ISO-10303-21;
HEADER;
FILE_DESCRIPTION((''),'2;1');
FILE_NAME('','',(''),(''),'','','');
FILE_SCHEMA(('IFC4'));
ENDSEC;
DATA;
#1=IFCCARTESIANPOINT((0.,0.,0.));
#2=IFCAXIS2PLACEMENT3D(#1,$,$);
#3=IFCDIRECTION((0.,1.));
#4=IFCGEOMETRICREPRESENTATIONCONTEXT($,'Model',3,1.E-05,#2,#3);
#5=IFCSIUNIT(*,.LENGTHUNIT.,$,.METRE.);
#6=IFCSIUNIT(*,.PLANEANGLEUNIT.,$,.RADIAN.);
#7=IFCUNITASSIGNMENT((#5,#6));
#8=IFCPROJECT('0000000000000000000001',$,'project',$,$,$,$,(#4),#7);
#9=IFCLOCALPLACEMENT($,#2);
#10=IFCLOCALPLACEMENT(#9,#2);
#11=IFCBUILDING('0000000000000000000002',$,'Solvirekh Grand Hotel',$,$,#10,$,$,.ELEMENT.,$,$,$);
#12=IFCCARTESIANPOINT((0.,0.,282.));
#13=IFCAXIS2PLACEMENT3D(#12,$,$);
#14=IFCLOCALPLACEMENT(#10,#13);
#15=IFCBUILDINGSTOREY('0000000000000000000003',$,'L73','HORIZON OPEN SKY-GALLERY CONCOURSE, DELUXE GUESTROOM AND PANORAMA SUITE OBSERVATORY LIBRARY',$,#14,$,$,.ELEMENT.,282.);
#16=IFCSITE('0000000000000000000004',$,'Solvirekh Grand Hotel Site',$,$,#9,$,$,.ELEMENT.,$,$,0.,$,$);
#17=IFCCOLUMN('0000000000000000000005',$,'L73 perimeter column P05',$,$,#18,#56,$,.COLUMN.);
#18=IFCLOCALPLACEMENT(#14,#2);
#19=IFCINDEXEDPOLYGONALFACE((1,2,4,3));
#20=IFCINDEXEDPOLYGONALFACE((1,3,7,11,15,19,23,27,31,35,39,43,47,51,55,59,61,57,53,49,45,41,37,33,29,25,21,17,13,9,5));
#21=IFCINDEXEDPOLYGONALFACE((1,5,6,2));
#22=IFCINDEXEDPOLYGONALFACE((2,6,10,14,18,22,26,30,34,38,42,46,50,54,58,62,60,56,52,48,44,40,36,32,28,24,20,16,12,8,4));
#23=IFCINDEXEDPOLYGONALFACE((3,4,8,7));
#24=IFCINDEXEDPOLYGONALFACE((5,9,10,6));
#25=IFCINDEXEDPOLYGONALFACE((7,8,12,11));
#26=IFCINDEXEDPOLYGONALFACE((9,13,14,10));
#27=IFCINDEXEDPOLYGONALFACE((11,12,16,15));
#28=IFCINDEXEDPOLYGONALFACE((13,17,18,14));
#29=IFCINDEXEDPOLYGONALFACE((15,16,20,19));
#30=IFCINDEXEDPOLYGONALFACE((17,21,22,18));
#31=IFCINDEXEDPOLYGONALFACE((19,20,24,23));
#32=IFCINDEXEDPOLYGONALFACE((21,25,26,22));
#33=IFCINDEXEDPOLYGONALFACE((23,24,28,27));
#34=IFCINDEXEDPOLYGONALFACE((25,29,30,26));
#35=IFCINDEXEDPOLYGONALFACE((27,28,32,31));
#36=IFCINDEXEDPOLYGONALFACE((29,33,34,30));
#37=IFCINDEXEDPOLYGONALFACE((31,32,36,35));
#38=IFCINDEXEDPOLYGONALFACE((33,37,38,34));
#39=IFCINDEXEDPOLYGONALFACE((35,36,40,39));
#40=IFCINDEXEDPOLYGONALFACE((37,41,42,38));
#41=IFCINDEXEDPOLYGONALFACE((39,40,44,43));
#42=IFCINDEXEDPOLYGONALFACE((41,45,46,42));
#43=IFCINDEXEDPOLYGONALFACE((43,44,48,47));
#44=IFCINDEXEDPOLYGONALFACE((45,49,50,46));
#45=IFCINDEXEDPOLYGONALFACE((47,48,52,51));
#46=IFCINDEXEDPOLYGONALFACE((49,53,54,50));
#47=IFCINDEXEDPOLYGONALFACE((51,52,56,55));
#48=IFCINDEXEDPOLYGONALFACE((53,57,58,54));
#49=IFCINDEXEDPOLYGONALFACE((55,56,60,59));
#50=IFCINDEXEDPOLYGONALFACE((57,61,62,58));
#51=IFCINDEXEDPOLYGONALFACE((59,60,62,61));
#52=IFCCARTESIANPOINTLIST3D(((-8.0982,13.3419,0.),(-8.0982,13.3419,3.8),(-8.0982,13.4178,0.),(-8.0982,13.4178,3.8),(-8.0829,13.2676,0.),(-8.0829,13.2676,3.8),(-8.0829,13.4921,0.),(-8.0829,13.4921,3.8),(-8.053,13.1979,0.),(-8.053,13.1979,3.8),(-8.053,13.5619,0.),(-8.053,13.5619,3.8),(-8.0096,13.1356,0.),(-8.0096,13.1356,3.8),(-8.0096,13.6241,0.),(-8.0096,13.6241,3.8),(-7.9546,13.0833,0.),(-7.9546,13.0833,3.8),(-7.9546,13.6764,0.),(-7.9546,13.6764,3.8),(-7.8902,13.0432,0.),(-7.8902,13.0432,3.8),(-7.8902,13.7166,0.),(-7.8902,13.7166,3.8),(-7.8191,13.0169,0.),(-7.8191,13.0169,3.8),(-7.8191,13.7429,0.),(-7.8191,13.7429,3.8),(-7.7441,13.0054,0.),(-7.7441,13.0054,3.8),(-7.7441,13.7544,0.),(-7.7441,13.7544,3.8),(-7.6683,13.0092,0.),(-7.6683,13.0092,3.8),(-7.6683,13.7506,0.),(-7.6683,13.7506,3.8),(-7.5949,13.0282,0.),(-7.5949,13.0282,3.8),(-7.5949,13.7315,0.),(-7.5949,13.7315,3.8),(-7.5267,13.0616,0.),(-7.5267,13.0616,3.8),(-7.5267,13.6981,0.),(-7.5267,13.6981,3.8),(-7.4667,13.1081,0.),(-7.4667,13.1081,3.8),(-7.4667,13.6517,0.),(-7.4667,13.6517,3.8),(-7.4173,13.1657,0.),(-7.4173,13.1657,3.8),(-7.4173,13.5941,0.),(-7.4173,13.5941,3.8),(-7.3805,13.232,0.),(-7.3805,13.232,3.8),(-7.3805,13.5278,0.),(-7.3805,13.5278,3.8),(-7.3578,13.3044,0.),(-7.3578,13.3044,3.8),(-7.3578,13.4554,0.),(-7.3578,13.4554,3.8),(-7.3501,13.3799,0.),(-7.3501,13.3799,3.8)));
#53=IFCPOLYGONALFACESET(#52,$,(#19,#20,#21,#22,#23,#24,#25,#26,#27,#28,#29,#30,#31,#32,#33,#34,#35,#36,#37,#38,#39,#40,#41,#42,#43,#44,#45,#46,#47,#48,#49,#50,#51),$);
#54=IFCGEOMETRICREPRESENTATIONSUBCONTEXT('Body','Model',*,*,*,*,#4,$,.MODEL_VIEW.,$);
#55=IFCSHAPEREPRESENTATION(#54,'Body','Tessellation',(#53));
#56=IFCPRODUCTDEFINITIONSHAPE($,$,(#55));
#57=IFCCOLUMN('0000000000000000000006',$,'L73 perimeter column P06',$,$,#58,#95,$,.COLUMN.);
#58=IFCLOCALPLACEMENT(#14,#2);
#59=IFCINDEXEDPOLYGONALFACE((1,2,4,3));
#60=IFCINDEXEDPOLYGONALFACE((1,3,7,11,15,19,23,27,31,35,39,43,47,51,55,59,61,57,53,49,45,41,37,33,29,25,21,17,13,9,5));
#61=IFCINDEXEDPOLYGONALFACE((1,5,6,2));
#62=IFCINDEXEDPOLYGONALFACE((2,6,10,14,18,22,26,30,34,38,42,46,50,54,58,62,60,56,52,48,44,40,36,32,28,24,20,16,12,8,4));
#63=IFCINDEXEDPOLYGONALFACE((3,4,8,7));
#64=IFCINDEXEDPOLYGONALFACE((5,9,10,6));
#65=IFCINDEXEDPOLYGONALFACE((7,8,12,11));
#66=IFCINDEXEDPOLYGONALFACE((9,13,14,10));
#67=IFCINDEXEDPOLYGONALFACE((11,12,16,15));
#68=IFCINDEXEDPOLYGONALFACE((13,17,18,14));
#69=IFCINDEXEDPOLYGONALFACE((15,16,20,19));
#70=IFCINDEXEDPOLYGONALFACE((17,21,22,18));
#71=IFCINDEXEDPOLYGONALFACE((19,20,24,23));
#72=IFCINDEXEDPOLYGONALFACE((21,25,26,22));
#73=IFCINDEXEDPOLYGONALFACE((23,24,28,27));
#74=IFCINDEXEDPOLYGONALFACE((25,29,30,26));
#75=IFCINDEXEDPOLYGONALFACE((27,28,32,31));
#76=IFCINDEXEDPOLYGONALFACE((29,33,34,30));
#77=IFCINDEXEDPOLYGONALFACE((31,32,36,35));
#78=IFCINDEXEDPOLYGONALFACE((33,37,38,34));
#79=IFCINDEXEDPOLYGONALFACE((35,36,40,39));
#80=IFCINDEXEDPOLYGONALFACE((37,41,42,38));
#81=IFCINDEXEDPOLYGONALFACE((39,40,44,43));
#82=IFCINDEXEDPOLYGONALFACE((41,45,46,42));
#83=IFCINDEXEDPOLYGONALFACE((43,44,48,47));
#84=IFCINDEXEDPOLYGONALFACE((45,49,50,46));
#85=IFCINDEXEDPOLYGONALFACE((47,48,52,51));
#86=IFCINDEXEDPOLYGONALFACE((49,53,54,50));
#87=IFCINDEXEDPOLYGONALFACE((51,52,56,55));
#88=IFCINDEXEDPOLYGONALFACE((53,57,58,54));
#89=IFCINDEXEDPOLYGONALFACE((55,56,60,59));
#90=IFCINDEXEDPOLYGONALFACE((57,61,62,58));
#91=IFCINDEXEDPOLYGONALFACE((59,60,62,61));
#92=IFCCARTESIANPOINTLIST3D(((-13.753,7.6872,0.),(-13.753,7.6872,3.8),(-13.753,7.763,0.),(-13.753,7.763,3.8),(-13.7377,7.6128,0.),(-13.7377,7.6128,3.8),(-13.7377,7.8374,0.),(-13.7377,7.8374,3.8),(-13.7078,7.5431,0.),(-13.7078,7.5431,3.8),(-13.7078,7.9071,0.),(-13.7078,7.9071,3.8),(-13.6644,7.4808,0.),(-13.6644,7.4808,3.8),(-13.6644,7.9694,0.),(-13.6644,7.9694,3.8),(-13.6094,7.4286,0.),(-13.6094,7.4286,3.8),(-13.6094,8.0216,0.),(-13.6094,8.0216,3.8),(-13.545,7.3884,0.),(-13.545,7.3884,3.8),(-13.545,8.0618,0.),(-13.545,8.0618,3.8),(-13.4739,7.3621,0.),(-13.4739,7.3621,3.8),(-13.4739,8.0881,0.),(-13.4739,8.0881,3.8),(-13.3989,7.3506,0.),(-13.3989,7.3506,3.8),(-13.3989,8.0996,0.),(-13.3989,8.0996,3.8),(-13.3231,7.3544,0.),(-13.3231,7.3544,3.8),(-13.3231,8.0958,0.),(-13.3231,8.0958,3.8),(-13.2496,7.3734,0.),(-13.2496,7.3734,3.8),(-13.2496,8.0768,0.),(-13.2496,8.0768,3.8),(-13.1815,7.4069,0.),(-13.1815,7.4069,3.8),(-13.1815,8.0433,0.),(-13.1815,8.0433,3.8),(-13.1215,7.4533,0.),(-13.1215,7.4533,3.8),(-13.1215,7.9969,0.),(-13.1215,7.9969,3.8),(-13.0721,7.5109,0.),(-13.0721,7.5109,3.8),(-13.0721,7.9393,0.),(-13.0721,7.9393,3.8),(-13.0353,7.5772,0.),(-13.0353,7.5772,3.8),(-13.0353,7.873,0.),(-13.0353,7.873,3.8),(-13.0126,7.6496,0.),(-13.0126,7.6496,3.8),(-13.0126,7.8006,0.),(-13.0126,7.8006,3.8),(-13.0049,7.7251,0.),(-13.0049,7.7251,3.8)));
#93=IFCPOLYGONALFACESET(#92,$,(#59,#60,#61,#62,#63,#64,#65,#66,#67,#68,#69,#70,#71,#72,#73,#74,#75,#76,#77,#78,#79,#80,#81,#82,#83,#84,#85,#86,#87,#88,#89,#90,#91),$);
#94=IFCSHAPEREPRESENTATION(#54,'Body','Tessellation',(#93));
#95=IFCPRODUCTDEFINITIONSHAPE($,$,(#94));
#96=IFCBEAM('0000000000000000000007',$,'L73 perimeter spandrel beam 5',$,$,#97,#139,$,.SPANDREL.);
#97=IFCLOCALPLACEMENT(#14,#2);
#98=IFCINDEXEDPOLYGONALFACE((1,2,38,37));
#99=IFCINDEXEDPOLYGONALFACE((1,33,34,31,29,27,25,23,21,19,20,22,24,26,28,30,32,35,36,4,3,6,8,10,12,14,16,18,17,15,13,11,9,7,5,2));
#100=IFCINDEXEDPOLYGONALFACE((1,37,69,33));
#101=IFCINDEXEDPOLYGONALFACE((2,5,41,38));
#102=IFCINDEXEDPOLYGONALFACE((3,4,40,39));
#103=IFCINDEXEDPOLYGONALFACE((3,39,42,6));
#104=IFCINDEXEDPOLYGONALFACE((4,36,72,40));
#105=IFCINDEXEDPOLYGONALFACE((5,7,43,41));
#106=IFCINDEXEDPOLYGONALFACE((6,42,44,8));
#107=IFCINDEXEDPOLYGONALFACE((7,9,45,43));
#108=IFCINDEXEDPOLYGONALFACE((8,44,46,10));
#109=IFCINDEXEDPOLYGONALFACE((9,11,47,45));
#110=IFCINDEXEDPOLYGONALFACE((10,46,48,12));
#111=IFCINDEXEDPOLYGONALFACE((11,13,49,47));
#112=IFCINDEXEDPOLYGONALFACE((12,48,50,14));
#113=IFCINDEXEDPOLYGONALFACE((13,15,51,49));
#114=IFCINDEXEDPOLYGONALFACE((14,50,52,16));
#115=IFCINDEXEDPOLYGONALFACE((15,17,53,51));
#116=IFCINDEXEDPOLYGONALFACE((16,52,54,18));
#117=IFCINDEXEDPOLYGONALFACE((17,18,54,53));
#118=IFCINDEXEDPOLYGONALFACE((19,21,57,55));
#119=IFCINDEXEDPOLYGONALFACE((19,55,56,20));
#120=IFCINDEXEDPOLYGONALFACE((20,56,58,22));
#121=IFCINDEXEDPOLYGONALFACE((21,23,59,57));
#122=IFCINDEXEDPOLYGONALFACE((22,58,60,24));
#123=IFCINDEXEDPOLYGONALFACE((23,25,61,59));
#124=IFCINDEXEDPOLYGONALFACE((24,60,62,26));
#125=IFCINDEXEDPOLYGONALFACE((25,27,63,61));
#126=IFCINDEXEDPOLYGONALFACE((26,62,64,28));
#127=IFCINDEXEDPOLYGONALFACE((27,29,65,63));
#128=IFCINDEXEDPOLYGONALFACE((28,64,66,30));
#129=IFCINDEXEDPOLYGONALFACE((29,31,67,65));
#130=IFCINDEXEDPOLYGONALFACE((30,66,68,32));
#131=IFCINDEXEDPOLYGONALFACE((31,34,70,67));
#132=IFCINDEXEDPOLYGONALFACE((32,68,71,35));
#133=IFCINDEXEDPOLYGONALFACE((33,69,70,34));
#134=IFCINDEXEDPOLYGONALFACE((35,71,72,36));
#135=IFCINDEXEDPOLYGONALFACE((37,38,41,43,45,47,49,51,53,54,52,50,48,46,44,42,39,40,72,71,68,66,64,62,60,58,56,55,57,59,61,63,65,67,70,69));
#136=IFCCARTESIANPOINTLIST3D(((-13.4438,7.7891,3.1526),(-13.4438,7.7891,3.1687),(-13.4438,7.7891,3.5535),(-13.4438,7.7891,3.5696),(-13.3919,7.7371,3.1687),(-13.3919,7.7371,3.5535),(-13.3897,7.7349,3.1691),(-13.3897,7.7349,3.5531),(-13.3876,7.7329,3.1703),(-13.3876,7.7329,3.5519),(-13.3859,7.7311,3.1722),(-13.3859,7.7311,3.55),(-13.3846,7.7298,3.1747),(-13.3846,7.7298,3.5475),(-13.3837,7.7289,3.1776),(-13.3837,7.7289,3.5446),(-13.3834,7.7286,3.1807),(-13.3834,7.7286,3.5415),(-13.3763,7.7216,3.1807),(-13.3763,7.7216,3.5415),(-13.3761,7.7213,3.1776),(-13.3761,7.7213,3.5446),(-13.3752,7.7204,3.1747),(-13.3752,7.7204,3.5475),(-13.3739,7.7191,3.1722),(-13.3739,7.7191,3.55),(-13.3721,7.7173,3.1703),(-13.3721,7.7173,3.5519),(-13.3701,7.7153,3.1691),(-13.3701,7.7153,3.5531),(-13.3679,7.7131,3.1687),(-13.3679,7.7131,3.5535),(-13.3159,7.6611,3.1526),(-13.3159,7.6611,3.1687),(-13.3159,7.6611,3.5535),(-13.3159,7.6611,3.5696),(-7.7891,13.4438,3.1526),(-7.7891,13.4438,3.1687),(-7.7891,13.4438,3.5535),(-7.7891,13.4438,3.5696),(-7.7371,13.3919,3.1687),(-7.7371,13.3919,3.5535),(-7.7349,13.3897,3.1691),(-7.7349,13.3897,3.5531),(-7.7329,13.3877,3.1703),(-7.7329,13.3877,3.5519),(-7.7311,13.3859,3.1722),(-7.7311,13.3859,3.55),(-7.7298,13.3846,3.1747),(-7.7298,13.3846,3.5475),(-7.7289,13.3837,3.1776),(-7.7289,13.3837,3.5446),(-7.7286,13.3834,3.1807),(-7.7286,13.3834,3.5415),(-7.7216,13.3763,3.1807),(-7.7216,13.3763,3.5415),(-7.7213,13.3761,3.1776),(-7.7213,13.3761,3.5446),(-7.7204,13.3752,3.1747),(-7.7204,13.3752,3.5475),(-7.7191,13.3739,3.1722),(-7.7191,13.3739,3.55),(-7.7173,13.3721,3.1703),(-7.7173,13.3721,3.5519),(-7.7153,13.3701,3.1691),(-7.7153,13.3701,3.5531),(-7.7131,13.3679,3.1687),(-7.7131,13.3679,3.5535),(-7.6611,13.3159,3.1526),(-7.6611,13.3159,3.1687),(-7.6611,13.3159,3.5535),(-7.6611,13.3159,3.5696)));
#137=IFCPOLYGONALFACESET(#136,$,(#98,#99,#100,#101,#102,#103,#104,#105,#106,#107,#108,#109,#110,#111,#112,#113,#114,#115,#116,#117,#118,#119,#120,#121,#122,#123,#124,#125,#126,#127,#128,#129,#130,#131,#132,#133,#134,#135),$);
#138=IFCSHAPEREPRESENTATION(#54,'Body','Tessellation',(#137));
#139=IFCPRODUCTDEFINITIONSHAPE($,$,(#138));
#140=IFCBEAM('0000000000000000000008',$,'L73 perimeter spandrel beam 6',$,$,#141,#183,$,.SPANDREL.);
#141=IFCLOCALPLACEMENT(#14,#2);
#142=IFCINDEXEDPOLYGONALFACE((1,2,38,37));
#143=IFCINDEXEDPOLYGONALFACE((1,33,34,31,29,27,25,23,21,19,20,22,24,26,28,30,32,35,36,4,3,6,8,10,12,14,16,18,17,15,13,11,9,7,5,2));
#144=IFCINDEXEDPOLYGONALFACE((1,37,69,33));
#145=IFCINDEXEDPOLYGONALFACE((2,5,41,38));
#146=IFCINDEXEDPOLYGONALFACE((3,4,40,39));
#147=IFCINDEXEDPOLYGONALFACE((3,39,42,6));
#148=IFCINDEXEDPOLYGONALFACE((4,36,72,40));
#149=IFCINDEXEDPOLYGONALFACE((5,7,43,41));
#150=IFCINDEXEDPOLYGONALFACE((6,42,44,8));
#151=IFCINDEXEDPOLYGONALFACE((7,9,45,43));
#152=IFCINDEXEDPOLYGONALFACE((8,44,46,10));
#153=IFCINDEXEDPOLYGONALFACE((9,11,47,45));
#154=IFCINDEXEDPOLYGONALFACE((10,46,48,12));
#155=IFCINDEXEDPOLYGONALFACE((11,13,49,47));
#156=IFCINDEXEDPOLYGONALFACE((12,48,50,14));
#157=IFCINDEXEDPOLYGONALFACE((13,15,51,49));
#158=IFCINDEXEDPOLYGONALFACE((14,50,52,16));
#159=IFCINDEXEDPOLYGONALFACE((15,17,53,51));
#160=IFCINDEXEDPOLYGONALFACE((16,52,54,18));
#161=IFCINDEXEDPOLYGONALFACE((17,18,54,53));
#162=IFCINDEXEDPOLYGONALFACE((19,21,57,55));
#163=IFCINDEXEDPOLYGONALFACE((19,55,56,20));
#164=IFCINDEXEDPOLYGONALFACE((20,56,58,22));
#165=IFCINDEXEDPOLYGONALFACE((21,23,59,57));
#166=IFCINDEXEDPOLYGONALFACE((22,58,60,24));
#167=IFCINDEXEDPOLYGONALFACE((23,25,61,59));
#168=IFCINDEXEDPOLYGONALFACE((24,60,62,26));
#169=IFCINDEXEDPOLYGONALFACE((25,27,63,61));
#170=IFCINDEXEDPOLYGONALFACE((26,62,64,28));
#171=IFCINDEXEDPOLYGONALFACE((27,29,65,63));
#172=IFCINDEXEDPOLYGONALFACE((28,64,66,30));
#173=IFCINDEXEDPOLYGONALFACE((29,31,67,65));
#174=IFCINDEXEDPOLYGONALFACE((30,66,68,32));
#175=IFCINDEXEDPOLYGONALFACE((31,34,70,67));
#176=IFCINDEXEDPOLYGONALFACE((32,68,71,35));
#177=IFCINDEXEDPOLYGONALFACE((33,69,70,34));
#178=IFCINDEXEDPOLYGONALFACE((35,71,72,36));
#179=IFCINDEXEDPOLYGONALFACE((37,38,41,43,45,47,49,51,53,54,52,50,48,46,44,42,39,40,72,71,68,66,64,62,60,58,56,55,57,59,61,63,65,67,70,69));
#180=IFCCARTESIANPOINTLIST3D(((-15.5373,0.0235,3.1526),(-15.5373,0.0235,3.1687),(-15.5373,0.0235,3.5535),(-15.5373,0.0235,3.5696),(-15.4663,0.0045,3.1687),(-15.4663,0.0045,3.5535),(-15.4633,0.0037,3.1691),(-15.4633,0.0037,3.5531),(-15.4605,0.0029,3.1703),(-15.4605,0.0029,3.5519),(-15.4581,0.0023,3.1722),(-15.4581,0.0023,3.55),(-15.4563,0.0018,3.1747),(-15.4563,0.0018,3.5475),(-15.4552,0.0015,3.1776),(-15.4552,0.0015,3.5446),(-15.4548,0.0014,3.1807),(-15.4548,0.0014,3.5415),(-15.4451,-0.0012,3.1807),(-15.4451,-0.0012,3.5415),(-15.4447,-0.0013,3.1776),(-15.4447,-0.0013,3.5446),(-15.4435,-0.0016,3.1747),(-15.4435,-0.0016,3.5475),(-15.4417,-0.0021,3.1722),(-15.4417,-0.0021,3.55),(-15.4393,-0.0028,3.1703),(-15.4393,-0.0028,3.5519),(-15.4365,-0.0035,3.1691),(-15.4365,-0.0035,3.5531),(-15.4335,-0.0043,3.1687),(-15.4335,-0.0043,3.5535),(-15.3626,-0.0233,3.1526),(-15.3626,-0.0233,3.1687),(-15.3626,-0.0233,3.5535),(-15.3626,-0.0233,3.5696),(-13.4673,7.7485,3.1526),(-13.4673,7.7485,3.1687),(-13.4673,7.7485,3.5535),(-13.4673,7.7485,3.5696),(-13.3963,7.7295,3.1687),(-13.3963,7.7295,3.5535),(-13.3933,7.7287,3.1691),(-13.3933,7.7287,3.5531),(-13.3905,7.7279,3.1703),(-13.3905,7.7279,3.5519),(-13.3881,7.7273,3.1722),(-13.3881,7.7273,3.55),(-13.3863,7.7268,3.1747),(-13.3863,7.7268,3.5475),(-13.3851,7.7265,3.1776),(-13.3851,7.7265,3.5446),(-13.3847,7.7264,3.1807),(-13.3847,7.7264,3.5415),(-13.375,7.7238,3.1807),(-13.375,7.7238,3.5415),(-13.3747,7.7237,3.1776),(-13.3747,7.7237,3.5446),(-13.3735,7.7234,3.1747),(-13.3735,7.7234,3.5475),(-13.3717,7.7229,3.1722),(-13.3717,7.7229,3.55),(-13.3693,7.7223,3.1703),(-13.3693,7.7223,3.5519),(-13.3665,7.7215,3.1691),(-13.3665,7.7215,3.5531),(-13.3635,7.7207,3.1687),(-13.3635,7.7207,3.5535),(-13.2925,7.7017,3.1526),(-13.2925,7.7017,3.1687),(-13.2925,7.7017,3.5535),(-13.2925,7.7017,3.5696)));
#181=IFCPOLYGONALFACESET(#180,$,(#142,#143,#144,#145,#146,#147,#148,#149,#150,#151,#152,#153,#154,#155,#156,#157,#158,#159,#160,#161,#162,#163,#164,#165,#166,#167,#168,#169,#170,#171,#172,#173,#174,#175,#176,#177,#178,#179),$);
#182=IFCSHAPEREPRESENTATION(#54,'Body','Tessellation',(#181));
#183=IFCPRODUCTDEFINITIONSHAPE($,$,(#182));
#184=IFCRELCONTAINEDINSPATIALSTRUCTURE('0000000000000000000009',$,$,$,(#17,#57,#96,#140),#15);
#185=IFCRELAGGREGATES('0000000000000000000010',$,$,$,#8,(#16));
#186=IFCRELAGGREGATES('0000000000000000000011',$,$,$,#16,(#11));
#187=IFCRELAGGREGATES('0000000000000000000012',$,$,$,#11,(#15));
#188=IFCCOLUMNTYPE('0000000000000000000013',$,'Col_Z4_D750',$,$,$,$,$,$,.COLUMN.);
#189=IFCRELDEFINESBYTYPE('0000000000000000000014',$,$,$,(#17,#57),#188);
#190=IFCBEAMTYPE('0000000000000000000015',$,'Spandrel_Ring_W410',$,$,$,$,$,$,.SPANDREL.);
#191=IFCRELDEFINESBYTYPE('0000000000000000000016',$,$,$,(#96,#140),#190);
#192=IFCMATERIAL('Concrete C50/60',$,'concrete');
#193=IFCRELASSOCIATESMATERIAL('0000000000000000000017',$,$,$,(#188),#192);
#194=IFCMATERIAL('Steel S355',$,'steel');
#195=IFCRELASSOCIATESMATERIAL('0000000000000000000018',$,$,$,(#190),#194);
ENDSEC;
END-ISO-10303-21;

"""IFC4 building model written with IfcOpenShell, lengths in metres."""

from ifc_helpers import new_model, si_unit, direction, frame, origin, origin_2d, place, context, subcontext, project, spatial, circle, i_section, extrude, material, material_profile, profile_set, type_object, element, save


model = new_model("IFC4")

# Units and contexts
model_context = context("Model", 3, precision=1e-05, world=origin(), true_north=direction((0.0, 1.0)))
body_context = subcontext(model_context, "Body", "Model", "MODEL_VIEW")
ifc_project = project(units=[si_unit("LENGTHUNIT", "METRE"), si_unit("PLANEANGLEUNIT", "RADIAN")], contexts=[model_context])

# Site, building, storey
site_placement = place(None, origin())
site = spatial("IfcSite", under=ifc_project, at=site_placement, Name="Solvirekh Grand Hotel Site", CompositionType="ELEMENT", RefElevation=0.0)
building_placement = place(site_placement, origin())
building = spatial("IfcBuilding", under=site, at=building_placement, Name="Solvirekh Grand Hotel", CompositionType="ELEMENT")
storey_placement = place(building_placement, frame((0.0, 0.0, 282.0)))
storey = spatial("IfcBuildingStorey", under=building, at=storey_placement, Name="L73", Description="HORIZON OPEN SKY-GALLERY CONCOURSE, DELUXE GUESTROOM AND PANORAMA SUITE OBSERVATORY LIBRARY", CompositionType="ELEMENT", Elevation=282.0)

# Columns
ifc_material_1 = material(Name="Concrete C50/60", Category="concrete")
ifc_material_profile_1 = material_profile(ifc_material_1, circle(Radius=0.375, at=origin_2d()), Name="RC CIRC D750")
ifc_profile_set_1 = profile_set([ifc_material_profile_1], Name="Concrete C50/60")
column_type = type_object("IfcColumnType", Name="Col_Z4_D750", PredefinedType="COLUMN", material=ifc_profile_set_1)
for number, where, z_axis, x_axis, name in (
    (1, (-7.7251, 13.3799, 0.0), (0.0, 0.0, 1.0), (1.0, 0.0, 0.0), "L73 perimeter column P05"),
    (2, (-13.3799, 7.7251, 0.0), (0.0, 0.0, 1.0), (1.0, 0.0, 0.0), "L73 perimeter column P06"),
):
    element("IfcColumn", number, at=place(storey_placement, frame(where, z_axis=z_axis, x_axis=x_axis)), inside=storey, type_object=column_type, Name=name, PredefinedType="COLUMN", context=body_context, shape_type="SweptSolid", body=[
        extrude(circle(Radius=0.375, at=origin_2d()), origin(), (0.0, 0.0, 1.0), 3.8),
    ])

# Beams
ifc_material_2 = material(Name="Steel S355", Category="steel")
ifc_material_profile_2 = material_profile(ifc_material_2, i_section(OverallWidth=0.1809, OverallDepth=0.417, WebThickness=0.01, FlangeThickness=0.0161, FilletRadius=0.012, at=origin_2d()), Name="W410X85")
ifc_profile_set_2 = profile_set([ifc_material_profile_2], Name="Steel S355")
beam_type = type_object("IfcBeamType", Name="Spandrel_Ring_W410", PredefinedType="SPANDREL", material=ifc_profile_set_2)
beam_1_placement = place(storey_placement, frame((-7.7251, 13.3799, 3.3611), z_axis=(-0.707107, -0.707107, 0.0), x_axis=(0.707107, -0.707107, 0.0)))
element("IfcBeam", 3, at=beam_1_placement, inside=storey, type_object=beam_type, Name="L73 perimeter spandrel beam 5", PredefinedType="SPANDREL", context=body_context, shape_type="SweptSolid", body=[
    extrude(i_section(OverallWidth=0.1809, OverallDepth=0.417, WebThickness=0.01, FlangeThickness=0.0161, FilletRadius=0.012, at=origin_2d()), origin(), (0.0, 0.0, 1.0), 7.9971),
])
beam_2_placement = place(storey_placement, frame((-13.3799, 7.7251, 3.3611), z_axis=(-0.258835, -0.965922, 0.0), x_axis=(0.965922, -0.258835, 0.0)))
element("IfcBeam", 4, at=beam_2_placement, inside=storey, type_object=beam_type, Name="L73 perimeter spandrel beam 6", PredefinedType="SPANDREL", context=body_context, shape_type="SweptSolid", body=[
    extrude(i_section(OverallWidth=0.1809, OverallDepth=0.417, WebThickness=0.01, FlangeThickness=0.0161, FilletRadius=0.012, at=origin_2d()), origin(), (0.0, 0.0, 1.0), 7.9976),
])

save(model, "model.ifc")
